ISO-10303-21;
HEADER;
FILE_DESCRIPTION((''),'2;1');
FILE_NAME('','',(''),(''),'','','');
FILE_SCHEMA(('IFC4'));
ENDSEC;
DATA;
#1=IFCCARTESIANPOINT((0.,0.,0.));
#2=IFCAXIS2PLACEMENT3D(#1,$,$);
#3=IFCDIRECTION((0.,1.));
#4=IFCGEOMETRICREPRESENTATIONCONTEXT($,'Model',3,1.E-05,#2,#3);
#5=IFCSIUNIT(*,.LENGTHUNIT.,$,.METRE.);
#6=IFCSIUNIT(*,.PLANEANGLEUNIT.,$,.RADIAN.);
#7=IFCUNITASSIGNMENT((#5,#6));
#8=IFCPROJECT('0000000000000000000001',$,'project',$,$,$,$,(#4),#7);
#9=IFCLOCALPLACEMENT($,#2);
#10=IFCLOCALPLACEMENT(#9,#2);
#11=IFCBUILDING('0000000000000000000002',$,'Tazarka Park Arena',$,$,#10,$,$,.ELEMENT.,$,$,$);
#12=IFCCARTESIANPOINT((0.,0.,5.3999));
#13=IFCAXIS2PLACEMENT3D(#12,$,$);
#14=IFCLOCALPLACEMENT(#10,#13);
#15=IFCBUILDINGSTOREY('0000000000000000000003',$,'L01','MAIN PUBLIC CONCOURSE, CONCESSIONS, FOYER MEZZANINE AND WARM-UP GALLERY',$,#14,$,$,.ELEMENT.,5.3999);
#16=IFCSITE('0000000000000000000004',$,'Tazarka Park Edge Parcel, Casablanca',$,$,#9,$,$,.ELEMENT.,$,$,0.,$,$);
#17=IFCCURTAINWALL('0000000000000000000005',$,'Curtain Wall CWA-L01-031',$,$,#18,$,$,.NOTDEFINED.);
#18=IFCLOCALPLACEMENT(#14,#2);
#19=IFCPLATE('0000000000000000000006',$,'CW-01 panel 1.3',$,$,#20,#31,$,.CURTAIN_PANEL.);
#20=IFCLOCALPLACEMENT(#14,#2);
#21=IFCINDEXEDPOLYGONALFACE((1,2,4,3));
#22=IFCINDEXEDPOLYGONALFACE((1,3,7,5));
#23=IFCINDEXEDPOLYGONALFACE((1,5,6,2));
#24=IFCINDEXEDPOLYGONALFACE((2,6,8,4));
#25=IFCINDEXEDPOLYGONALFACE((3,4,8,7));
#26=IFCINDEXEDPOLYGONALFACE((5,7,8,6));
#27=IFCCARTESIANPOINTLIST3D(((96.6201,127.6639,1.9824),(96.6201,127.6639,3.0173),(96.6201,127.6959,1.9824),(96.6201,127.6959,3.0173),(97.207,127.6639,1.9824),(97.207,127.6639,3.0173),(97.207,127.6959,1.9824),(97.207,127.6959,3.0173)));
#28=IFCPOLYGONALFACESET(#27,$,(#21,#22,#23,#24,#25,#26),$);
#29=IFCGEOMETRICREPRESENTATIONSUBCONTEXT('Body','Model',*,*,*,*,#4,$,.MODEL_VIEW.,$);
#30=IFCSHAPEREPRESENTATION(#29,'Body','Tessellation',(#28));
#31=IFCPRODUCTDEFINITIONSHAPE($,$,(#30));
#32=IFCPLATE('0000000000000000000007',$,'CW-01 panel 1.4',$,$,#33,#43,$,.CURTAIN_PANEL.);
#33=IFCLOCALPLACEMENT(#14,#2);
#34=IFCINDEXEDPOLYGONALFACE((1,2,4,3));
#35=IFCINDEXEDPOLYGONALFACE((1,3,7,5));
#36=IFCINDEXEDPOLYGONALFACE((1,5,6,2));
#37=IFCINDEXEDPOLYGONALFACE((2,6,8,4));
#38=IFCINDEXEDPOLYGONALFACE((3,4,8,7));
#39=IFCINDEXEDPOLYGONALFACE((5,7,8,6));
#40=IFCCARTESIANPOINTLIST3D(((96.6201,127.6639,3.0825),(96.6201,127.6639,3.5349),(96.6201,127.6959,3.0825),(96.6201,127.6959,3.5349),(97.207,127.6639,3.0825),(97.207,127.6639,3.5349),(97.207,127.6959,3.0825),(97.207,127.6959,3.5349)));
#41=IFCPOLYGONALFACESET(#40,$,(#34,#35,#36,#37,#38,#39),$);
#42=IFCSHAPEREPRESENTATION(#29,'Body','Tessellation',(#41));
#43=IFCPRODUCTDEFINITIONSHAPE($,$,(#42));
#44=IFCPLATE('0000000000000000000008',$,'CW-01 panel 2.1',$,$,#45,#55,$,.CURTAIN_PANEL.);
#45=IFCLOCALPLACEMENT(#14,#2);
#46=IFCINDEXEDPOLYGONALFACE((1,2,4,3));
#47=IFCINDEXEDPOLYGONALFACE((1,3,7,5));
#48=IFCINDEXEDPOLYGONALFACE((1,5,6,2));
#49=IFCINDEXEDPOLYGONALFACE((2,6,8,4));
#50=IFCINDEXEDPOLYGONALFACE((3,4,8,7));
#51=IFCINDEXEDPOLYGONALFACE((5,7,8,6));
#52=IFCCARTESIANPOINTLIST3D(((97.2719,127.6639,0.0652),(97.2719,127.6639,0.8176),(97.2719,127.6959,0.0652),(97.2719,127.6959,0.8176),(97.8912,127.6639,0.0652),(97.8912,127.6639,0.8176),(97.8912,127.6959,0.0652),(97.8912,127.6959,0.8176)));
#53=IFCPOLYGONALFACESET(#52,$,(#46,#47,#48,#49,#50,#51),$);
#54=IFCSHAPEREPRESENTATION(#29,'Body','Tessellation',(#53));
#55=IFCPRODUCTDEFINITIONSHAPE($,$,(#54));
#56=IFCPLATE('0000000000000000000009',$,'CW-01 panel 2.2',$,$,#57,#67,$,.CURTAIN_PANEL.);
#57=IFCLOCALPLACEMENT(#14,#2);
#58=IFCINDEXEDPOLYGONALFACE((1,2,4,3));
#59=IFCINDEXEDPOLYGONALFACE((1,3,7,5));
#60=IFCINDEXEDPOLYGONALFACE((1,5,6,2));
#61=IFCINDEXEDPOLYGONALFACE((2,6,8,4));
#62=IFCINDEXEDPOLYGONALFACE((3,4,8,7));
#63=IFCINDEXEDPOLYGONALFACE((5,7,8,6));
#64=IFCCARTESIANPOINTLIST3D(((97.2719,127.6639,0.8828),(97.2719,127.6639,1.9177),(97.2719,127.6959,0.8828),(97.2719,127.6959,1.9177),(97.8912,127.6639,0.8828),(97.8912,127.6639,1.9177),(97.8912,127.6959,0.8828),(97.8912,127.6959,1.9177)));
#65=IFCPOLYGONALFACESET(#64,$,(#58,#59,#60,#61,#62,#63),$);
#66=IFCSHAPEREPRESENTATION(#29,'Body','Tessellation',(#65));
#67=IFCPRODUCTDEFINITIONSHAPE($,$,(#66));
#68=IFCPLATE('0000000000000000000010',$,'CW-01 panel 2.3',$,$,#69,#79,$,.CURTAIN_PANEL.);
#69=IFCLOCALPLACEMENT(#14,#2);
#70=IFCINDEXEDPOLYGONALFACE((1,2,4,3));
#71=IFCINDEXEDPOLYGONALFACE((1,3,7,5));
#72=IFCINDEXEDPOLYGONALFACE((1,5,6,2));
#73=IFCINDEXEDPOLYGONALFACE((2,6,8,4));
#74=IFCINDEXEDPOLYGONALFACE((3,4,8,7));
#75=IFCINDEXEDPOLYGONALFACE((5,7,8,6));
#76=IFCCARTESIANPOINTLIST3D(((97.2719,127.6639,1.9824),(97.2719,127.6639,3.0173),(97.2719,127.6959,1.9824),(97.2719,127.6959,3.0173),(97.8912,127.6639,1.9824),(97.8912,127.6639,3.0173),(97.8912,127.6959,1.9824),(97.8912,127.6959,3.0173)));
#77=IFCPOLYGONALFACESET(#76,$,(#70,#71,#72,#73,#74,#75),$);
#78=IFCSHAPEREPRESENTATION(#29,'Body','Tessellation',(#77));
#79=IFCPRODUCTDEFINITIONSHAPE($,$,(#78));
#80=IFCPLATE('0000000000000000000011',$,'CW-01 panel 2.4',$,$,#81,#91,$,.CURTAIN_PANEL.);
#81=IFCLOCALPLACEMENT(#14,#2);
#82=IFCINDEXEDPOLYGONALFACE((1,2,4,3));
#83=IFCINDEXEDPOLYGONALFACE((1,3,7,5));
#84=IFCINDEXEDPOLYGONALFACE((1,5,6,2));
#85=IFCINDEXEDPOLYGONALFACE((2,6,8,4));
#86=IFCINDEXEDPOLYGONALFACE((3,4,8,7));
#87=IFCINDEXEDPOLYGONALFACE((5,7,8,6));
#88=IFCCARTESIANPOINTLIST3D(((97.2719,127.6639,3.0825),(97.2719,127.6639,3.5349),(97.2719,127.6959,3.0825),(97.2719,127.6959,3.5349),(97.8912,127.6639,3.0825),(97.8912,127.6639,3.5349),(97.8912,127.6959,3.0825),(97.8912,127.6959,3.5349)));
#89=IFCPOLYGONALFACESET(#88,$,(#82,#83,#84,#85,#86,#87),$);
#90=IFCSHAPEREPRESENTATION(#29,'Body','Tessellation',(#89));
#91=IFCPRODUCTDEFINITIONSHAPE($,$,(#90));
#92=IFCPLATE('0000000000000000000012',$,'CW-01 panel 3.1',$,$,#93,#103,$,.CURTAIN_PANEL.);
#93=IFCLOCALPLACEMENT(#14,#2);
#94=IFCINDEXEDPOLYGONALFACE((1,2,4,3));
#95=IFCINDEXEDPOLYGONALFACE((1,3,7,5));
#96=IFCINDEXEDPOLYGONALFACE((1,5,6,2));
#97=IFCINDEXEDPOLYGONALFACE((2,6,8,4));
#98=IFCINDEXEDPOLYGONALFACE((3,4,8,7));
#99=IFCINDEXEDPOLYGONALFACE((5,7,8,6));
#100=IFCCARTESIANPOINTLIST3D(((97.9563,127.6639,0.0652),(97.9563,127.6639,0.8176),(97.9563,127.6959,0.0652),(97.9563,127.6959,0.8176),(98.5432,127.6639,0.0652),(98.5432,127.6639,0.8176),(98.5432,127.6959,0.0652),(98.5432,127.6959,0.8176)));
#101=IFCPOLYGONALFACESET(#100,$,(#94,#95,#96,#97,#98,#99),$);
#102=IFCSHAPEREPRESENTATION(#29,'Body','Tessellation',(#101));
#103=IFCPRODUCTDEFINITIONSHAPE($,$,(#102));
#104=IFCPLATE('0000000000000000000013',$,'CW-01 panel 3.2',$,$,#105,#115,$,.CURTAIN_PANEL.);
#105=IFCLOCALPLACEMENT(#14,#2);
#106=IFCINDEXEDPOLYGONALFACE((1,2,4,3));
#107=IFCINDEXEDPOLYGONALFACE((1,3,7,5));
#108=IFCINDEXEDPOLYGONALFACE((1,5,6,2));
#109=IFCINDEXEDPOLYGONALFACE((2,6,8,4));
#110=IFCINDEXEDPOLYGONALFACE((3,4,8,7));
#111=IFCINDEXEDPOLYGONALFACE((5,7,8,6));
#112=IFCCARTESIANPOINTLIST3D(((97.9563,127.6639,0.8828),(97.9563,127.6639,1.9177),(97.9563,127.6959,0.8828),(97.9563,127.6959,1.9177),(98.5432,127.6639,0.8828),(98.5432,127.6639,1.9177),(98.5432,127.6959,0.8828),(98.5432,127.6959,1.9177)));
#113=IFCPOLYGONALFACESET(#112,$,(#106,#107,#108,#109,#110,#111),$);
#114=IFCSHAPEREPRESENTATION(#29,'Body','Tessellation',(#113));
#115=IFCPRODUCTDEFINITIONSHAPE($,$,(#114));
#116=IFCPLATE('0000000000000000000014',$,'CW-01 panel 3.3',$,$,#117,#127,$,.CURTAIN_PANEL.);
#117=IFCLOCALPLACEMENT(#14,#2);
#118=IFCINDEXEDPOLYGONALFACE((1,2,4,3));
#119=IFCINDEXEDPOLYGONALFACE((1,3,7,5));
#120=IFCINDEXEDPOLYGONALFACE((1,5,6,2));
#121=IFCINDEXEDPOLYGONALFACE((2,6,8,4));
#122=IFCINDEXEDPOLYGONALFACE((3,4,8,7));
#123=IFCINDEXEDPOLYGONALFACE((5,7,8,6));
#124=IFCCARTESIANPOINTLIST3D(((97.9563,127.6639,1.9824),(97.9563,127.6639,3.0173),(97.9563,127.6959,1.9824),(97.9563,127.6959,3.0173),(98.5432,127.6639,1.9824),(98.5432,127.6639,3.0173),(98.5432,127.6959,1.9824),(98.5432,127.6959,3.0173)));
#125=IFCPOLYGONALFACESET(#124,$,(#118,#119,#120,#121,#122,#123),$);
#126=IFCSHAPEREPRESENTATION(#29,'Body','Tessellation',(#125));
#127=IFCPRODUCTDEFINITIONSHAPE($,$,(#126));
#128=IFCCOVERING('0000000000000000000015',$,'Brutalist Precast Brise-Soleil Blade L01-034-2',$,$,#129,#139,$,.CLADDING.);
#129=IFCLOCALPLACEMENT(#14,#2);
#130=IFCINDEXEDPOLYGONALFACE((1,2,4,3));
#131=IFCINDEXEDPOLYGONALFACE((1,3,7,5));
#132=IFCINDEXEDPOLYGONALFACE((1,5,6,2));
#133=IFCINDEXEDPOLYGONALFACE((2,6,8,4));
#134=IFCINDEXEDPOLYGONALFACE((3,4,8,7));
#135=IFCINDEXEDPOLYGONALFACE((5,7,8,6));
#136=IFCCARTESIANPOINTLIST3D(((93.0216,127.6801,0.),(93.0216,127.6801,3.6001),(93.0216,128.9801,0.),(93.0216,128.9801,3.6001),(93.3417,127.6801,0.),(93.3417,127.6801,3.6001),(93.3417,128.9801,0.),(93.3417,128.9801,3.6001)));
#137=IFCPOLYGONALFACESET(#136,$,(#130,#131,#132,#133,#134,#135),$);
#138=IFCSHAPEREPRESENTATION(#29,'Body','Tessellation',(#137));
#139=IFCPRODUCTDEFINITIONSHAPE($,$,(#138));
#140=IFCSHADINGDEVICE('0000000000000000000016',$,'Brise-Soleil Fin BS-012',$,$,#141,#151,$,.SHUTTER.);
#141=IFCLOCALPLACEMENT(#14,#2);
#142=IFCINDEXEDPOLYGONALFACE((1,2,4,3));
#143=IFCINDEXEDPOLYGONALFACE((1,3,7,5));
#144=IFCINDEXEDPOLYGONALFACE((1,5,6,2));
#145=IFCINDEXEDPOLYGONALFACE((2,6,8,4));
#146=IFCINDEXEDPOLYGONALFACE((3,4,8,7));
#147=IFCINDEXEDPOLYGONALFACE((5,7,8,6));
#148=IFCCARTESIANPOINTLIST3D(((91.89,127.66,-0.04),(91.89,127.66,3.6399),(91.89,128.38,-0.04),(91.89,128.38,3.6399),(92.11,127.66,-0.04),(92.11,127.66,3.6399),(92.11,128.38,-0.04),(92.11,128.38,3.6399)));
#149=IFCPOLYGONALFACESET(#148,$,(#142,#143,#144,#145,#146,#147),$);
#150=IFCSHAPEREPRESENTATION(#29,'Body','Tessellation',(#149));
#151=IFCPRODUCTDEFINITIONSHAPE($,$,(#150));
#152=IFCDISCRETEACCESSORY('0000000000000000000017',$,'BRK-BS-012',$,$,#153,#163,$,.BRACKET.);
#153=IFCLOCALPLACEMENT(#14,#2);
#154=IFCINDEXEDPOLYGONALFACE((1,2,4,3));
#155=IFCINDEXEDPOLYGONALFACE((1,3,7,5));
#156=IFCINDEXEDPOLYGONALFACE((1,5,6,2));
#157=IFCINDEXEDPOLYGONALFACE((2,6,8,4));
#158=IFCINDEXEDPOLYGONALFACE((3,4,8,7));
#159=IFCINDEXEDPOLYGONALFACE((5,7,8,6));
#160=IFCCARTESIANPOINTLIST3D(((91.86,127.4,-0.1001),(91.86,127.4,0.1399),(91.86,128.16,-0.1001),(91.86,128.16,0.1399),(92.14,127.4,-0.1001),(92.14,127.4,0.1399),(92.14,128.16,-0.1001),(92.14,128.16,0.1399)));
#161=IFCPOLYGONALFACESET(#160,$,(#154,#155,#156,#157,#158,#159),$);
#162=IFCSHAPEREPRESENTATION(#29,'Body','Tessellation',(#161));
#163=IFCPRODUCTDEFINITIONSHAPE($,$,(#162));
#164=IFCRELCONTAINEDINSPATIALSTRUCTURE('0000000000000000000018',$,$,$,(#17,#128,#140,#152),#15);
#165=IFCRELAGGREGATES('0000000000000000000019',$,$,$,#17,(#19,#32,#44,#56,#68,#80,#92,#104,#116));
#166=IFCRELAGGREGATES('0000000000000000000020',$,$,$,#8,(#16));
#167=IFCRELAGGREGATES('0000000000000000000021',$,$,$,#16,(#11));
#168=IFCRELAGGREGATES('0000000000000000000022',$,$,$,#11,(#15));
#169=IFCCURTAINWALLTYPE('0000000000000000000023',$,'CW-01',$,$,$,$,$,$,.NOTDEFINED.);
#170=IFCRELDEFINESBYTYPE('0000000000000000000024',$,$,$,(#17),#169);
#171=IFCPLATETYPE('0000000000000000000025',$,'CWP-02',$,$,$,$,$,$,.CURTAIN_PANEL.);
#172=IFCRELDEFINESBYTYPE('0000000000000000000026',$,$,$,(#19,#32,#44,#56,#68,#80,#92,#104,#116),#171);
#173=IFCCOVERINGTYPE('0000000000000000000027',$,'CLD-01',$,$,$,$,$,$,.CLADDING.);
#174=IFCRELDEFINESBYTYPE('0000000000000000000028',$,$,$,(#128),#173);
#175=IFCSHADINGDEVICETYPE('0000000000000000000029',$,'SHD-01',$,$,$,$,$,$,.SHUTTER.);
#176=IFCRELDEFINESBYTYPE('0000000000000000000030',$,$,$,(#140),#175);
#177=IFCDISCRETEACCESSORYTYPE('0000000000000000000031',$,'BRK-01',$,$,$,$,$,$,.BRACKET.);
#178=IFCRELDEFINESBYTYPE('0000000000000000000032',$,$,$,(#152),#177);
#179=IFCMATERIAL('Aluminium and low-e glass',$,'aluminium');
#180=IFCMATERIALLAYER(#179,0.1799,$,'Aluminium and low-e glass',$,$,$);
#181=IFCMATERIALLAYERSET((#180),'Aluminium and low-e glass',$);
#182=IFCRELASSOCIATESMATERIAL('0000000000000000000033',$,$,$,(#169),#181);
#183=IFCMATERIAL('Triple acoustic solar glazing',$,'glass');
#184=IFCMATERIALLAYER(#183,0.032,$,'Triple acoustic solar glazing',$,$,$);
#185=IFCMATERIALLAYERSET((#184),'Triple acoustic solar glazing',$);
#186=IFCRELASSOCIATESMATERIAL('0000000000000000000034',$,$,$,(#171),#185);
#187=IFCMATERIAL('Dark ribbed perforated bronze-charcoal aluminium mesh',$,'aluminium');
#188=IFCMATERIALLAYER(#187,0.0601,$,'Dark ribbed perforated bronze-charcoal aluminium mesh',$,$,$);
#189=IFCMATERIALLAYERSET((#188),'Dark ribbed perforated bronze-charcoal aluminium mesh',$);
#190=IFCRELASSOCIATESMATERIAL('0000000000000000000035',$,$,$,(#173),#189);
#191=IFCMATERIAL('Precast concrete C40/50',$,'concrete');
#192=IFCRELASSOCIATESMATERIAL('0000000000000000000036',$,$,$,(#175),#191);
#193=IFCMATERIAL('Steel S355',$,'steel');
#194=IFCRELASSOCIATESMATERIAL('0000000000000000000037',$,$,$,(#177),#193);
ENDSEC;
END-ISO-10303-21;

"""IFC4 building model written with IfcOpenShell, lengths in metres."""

from ifc_helpers import new_model, si_unit, direction, frame, origin, origin_2d, place, context, subcontext, project, spatial, rectangle, extrude, material, layer, layer_set, type_object, element, aggregate, save


model = new_model("IFC4")

# Units and contexts
model_context = context("Model", 3, precision=1e-05, world=origin(), true_north=direction((0.0, 1.0)))
body_context = subcontext(model_context, "Body", "Model", "MODEL_VIEW")
ifc_project = project(units=[si_unit("LENGTHUNIT", "METRE"), si_unit("PLANEANGLEUNIT", "RADIAN")], contexts=[model_context])

# Site, building, storey
site_placement = place(None, origin())
site = spatial("IfcSite", under=ifc_project, at=site_placement, Name="Tazarka Park Edge Parcel, Casablanca", CompositionType="ELEMENT", RefElevation=0.0)
building_placement = place(site_placement, origin())
building = spatial("IfcBuilding", under=site, at=building_placement, Name="Tazarka Park Arena", CompositionType="ELEMENT")
storey_placement = place(building_placement, frame((0.0, 0.0, 5.3999)))
storey = spatial("IfcBuildingStorey", under=building, at=storey_placement, Name="L01", Description="MAIN PUBLIC CONCOURSE, CONCESSIONS, FOYER MEZZANINE AND WARM-UP GALLERY", CompositionType="ELEMENT", Elevation=5.3999)

# Curtain wall, plates
ifc_material_1 = material(Name="Aluminium and low-e glass", Category="aluminium")
ifc_layer_1 = layer(ifc_material_1, 0.1799, Name="Aluminium and low-e glass")
ifc_layer_set_1 = layer_set([ifc_layer_1], Name="Aluminium and low-e glass")
curtain_wall_type = type_object("IfcCurtainWallType", Name="CW-01", PredefinedType="NOTDEFINED", material=ifc_layer_set_1)
curtain_wall_placement = place(storey_placement, origin())
curtain_wall = element("IfcCurtainWall", 1, at=curtain_wall_placement, inside=storey, type_object=curtain_wall_type, Name="Curtain Wall CWA-L01-031", PredefinedType="NOTDEFINED")
ifc_material_2 = material(Name="Triple acoustic solar glazing", Category="glass")
ifc_layer_2 = layer(ifc_material_2, 0.032, Name="Triple acoustic solar glazing")
ifc_layer_set_2 = layer_set([ifc_layer_2], Name="Triple acoustic solar glazing")
plate_type = type_object("IfcPlateType", Name="CWP-02", PredefinedType="CURTAIN_PANEL", material=ifc_layer_set_2)
plate_1_placement = place(storey_placement, frame((96.9136, 127.6799, 1.9824), z_axis=(0.0, 0.0, 1.0), x_axis=(1.0, 0.0, 0.0)))
plate_1 = element("IfcPlate", 2, at=plate_1_placement, type_object=plate_type, Name="CW-01 panel 1.3", PredefinedType="CURTAIN_PANEL", context=body_context, shape_type="SweptSolid", body=[
    extrude(rectangle(XDim=0.5869, YDim=0.032, at=origin_2d()), origin(), (0.0, 0.0, 1.0), 1.0349),
])
plate_2_placement = place(storey_placement, frame((96.9136, 127.6799, 3.0825), z_axis=(0.0, 0.0, 1.0), x_axis=(1.0, 0.0, 0.0)))
plate_2 = element("IfcPlate", 3, at=plate_2_placement, type_object=plate_type, Name="CW-01 panel 1.4", PredefinedType="CURTAIN_PANEL", context=body_context, shape_type="SweptSolid", body=[
    extrude(rectangle(XDim=0.5869, YDim=0.032, at=origin_2d()), origin(), (0.0, 0.0, 1.0), 0.4524),
])
plate_3_placement = place(storey_placement, frame((97.5815, 127.6799, 0.0652), z_axis=(0.0, 0.0, 1.0), x_axis=(1.0, 0.0, 0.0)))
plate_3 = element("IfcPlate", 4, at=plate_3_placement, type_object=plate_type, Name="CW-01 panel 2.1", PredefinedType="CURTAIN_PANEL", context=body_context, shape_type="SweptSolid", body=[
    extrude(rectangle(XDim=0.6194, YDim=0.032, at=origin_2d()), origin(), (0.0, 0.0, 1.0), 0.7524),
])
plate_4_placement = place(storey_placement, frame((97.5815, 127.6799, 0.8828), z_axis=(0.0, 0.0, 1.0), x_axis=(1.0, 0.0, 0.0)))
plate_4 = element("IfcPlate", 5, at=plate_4_placement, type_object=plate_type, Name="CW-01 panel 2.2", PredefinedType="CURTAIN_PANEL", context=body_context, shape_type="SweptSolid", body=[
    extrude(rectangle(XDim=0.6194, YDim=0.032, at=origin_2d()), origin(), (0.0, 0.0, 1.0), 1.0349),
])
plate_5_placement = place(storey_placement, frame((97.5815, 127.6799, 1.9824), z_axis=(0.0, 0.0, 1.0), x_axis=(1.0, 0.0, 0.0)))
plate_5 = element("IfcPlate", 6, at=plate_5_placement, type_object=plate_type, Name="CW-01 panel 2.3", PredefinedType="CURTAIN_PANEL", context=body_context, shape_type="SweptSolid", body=[
    extrude(rectangle(XDim=0.6194, YDim=0.032, at=origin_2d()), origin(), (0.0, 0.0, 1.0), 1.0349),
])
plate_6_placement = place(storey_placement, frame((97.5815, 127.6799, 3.0825), z_axis=(0.0, 0.0, 1.0), x_axis=(1.0, 0.0, 0.0)))
plate_6 = element("IfcPlate", 7, at=plate_6_placement, type_object=plate_type, Name="CW-01 panel 2.4", PredefinedType="CURTAIN_PANEL", context=body_context, shape_type="SweptSolid", body=[
    extrude(rectangle(XDim=0.6194, YDim=0.032, at=origin_2d()), origin(), (0.0, 0.0, 1.0), 0.4524),
])
plate_7_placement = place(storey_placement, frame((98.2498, 127.6799, 0.0652), z_axis=(0.0, 0.0, 1.0), x_axis=(1.0, 0.0, 0.0)))
plate_7 = element("IfcPlate", 8, at=plate_7_placement, type_object=plate_type, Name="CW-01 panel 3.1", PredefinedType="CURTAIN_PANEL", context=body_context, shape_type="SweptSolid", body=[
    extrude(rectangle(XDim=0.5869, YDim=0.032, at=origin_2d()), origin(), (0.0, 0.0, 1.0), 0.7524),
])
plate_8_placement = place(storey_placement, frame((98.2498, 127.6799, 0.8828), z_axis=(0.0, 0.0, 1.0), x_axis=(1.0, 0.0, 0.0)))
plate_8 = element("IfcPlate", 9, at=plate_8_placement, type_object=plate_type, Name="CW-01 panel 3.2", PredefinedType="CURTAIN_PANEL", context=body_context, shape_type="SweptSolid", body=[
    extrude(rectangle(XDim=0.5869, YDim=0.032, at=origin_2d()), origin(), (0.0, 0.0, 1.0), 1.0349),
])
plate_9_placement = place(storey_placement, frame((98.2498, 127.6799, 1.9824), z_axis=(0.0, 0.0, 1.0), x_axis=(1.0, 0.0, 0.0)))
plate_9 = element("IfcPlate", 10, at=plate_9_placement, type_object=plate_type, Name="CW-01 panel 3.3", PredefinedType="CURTAIN_PANEL", context=body_context, shape_type="SweptSolid", body=[
    extrude(rectangle(XDim=0.5869, YDim=0.032, at=origin_2d()), origin(), (0.0, 0.0, 1.0), 1.0349),
])
aggregate(curtain_wall, [plate_1, plate_2, plate_3, plate_4, plate_5, plate_6, plate_7, plate_8, plate_9])

# Covering
ifc_material_3 = material(Name="Dark ribbed perforated bronze-charcoal aluminium mesh", Category="aluminium")
ifc_layer_3 = layer(ifc_material_3, 0.0601, Name="Dark ribbed perforated bronze-charcoal aluminium mesh")
ifc_layer_set_3 = layer_set([ifc_layer_3], Name="Dark ribbed perforated bronze-charcoal aluminium mesh")
covering_type = type_object("IfcCoveringType", Name="CLD-01", PredefinedType="CLADDING", material=ifc_layer_set_3)
covering_placement = place(storey_placement, frame((93.1816, 128.3301, 0.0), z_axis=(0.0, 0.0, 1.0), x_axis=(1.0, 0.0, 0.0)))
element("IfcCovering", 11, at=covering_placement, inside=storey, type_object=covering_type, Name="Brutalist Precast Brise-Soleil Blade L01-034-2", PredefinedType="CLADDING", context=body_context, shape_type="SweptSolid", body=[
    extrude(rectangle(XDim=0.3201, YDim=1.3, at=origin_2d()), origin(), (0.0, 0.0, 1.0), 3.6001),
])

# Shading device
ifc_material_4 = material(Name="Precast concrete C40/50", Category="concrete")
shading_device_type = type_object("IfcShadingDeviceType", Name="SHD-01", PredefinedType="SHUTTER", material=ifc_material_4)
shading_device_placement = place(storey_placement, frame((92.0, 128.02, -0.04), z_axis=(0.0, 0.0, 1.0), x_axis=(1.0, 0.0, 0.0)))
element("IfcShadingDevice", 12, at=shading_device_placement, inside=storey, type_object=shading_device_type, Name="Brise-Soleil Fin BS-012", PredefinedType="SHUTTER", context=body_context, shape_type="SweptSolid", body=[
    extrude(rectangle(XDim=0.22, YDim=0.72, at=origin_2d()), origin(), (0.0, 0.0, 1.0), 3.6799),
])

# Discrete accessory
ifc_material_5 = material(Name="Steel S355", Category="steel")
discrete_accessory_type = type_object("IfcDiscreteAccessoryType", Name="BRK-01", PredefinedType="BRACKET", material=ifc_material_5)
discrete_accessory_placement = place(storey_placement, frame((92.0, 127.78, -0.1001), z_axis=(0.0, 0.0, 1.0), x_axis=(1.0, 0.0, 0.0)))
element("IfcDiscreteAccessory", 13, at=discrete_accessory_placement, inside=storey, type_object=discrete_accessory_type, Name="BRK-BS-012", PredefinedType="BRACKET", context=body_context, shape_type="SweptSolid", body=[
    extrude(rectangle(XDim=0.28, YDim=0.76, at=origin_2d()), origin(), (0.0, 0.0, 1.0), 0.24),
])

save(model, "model.ifc")
